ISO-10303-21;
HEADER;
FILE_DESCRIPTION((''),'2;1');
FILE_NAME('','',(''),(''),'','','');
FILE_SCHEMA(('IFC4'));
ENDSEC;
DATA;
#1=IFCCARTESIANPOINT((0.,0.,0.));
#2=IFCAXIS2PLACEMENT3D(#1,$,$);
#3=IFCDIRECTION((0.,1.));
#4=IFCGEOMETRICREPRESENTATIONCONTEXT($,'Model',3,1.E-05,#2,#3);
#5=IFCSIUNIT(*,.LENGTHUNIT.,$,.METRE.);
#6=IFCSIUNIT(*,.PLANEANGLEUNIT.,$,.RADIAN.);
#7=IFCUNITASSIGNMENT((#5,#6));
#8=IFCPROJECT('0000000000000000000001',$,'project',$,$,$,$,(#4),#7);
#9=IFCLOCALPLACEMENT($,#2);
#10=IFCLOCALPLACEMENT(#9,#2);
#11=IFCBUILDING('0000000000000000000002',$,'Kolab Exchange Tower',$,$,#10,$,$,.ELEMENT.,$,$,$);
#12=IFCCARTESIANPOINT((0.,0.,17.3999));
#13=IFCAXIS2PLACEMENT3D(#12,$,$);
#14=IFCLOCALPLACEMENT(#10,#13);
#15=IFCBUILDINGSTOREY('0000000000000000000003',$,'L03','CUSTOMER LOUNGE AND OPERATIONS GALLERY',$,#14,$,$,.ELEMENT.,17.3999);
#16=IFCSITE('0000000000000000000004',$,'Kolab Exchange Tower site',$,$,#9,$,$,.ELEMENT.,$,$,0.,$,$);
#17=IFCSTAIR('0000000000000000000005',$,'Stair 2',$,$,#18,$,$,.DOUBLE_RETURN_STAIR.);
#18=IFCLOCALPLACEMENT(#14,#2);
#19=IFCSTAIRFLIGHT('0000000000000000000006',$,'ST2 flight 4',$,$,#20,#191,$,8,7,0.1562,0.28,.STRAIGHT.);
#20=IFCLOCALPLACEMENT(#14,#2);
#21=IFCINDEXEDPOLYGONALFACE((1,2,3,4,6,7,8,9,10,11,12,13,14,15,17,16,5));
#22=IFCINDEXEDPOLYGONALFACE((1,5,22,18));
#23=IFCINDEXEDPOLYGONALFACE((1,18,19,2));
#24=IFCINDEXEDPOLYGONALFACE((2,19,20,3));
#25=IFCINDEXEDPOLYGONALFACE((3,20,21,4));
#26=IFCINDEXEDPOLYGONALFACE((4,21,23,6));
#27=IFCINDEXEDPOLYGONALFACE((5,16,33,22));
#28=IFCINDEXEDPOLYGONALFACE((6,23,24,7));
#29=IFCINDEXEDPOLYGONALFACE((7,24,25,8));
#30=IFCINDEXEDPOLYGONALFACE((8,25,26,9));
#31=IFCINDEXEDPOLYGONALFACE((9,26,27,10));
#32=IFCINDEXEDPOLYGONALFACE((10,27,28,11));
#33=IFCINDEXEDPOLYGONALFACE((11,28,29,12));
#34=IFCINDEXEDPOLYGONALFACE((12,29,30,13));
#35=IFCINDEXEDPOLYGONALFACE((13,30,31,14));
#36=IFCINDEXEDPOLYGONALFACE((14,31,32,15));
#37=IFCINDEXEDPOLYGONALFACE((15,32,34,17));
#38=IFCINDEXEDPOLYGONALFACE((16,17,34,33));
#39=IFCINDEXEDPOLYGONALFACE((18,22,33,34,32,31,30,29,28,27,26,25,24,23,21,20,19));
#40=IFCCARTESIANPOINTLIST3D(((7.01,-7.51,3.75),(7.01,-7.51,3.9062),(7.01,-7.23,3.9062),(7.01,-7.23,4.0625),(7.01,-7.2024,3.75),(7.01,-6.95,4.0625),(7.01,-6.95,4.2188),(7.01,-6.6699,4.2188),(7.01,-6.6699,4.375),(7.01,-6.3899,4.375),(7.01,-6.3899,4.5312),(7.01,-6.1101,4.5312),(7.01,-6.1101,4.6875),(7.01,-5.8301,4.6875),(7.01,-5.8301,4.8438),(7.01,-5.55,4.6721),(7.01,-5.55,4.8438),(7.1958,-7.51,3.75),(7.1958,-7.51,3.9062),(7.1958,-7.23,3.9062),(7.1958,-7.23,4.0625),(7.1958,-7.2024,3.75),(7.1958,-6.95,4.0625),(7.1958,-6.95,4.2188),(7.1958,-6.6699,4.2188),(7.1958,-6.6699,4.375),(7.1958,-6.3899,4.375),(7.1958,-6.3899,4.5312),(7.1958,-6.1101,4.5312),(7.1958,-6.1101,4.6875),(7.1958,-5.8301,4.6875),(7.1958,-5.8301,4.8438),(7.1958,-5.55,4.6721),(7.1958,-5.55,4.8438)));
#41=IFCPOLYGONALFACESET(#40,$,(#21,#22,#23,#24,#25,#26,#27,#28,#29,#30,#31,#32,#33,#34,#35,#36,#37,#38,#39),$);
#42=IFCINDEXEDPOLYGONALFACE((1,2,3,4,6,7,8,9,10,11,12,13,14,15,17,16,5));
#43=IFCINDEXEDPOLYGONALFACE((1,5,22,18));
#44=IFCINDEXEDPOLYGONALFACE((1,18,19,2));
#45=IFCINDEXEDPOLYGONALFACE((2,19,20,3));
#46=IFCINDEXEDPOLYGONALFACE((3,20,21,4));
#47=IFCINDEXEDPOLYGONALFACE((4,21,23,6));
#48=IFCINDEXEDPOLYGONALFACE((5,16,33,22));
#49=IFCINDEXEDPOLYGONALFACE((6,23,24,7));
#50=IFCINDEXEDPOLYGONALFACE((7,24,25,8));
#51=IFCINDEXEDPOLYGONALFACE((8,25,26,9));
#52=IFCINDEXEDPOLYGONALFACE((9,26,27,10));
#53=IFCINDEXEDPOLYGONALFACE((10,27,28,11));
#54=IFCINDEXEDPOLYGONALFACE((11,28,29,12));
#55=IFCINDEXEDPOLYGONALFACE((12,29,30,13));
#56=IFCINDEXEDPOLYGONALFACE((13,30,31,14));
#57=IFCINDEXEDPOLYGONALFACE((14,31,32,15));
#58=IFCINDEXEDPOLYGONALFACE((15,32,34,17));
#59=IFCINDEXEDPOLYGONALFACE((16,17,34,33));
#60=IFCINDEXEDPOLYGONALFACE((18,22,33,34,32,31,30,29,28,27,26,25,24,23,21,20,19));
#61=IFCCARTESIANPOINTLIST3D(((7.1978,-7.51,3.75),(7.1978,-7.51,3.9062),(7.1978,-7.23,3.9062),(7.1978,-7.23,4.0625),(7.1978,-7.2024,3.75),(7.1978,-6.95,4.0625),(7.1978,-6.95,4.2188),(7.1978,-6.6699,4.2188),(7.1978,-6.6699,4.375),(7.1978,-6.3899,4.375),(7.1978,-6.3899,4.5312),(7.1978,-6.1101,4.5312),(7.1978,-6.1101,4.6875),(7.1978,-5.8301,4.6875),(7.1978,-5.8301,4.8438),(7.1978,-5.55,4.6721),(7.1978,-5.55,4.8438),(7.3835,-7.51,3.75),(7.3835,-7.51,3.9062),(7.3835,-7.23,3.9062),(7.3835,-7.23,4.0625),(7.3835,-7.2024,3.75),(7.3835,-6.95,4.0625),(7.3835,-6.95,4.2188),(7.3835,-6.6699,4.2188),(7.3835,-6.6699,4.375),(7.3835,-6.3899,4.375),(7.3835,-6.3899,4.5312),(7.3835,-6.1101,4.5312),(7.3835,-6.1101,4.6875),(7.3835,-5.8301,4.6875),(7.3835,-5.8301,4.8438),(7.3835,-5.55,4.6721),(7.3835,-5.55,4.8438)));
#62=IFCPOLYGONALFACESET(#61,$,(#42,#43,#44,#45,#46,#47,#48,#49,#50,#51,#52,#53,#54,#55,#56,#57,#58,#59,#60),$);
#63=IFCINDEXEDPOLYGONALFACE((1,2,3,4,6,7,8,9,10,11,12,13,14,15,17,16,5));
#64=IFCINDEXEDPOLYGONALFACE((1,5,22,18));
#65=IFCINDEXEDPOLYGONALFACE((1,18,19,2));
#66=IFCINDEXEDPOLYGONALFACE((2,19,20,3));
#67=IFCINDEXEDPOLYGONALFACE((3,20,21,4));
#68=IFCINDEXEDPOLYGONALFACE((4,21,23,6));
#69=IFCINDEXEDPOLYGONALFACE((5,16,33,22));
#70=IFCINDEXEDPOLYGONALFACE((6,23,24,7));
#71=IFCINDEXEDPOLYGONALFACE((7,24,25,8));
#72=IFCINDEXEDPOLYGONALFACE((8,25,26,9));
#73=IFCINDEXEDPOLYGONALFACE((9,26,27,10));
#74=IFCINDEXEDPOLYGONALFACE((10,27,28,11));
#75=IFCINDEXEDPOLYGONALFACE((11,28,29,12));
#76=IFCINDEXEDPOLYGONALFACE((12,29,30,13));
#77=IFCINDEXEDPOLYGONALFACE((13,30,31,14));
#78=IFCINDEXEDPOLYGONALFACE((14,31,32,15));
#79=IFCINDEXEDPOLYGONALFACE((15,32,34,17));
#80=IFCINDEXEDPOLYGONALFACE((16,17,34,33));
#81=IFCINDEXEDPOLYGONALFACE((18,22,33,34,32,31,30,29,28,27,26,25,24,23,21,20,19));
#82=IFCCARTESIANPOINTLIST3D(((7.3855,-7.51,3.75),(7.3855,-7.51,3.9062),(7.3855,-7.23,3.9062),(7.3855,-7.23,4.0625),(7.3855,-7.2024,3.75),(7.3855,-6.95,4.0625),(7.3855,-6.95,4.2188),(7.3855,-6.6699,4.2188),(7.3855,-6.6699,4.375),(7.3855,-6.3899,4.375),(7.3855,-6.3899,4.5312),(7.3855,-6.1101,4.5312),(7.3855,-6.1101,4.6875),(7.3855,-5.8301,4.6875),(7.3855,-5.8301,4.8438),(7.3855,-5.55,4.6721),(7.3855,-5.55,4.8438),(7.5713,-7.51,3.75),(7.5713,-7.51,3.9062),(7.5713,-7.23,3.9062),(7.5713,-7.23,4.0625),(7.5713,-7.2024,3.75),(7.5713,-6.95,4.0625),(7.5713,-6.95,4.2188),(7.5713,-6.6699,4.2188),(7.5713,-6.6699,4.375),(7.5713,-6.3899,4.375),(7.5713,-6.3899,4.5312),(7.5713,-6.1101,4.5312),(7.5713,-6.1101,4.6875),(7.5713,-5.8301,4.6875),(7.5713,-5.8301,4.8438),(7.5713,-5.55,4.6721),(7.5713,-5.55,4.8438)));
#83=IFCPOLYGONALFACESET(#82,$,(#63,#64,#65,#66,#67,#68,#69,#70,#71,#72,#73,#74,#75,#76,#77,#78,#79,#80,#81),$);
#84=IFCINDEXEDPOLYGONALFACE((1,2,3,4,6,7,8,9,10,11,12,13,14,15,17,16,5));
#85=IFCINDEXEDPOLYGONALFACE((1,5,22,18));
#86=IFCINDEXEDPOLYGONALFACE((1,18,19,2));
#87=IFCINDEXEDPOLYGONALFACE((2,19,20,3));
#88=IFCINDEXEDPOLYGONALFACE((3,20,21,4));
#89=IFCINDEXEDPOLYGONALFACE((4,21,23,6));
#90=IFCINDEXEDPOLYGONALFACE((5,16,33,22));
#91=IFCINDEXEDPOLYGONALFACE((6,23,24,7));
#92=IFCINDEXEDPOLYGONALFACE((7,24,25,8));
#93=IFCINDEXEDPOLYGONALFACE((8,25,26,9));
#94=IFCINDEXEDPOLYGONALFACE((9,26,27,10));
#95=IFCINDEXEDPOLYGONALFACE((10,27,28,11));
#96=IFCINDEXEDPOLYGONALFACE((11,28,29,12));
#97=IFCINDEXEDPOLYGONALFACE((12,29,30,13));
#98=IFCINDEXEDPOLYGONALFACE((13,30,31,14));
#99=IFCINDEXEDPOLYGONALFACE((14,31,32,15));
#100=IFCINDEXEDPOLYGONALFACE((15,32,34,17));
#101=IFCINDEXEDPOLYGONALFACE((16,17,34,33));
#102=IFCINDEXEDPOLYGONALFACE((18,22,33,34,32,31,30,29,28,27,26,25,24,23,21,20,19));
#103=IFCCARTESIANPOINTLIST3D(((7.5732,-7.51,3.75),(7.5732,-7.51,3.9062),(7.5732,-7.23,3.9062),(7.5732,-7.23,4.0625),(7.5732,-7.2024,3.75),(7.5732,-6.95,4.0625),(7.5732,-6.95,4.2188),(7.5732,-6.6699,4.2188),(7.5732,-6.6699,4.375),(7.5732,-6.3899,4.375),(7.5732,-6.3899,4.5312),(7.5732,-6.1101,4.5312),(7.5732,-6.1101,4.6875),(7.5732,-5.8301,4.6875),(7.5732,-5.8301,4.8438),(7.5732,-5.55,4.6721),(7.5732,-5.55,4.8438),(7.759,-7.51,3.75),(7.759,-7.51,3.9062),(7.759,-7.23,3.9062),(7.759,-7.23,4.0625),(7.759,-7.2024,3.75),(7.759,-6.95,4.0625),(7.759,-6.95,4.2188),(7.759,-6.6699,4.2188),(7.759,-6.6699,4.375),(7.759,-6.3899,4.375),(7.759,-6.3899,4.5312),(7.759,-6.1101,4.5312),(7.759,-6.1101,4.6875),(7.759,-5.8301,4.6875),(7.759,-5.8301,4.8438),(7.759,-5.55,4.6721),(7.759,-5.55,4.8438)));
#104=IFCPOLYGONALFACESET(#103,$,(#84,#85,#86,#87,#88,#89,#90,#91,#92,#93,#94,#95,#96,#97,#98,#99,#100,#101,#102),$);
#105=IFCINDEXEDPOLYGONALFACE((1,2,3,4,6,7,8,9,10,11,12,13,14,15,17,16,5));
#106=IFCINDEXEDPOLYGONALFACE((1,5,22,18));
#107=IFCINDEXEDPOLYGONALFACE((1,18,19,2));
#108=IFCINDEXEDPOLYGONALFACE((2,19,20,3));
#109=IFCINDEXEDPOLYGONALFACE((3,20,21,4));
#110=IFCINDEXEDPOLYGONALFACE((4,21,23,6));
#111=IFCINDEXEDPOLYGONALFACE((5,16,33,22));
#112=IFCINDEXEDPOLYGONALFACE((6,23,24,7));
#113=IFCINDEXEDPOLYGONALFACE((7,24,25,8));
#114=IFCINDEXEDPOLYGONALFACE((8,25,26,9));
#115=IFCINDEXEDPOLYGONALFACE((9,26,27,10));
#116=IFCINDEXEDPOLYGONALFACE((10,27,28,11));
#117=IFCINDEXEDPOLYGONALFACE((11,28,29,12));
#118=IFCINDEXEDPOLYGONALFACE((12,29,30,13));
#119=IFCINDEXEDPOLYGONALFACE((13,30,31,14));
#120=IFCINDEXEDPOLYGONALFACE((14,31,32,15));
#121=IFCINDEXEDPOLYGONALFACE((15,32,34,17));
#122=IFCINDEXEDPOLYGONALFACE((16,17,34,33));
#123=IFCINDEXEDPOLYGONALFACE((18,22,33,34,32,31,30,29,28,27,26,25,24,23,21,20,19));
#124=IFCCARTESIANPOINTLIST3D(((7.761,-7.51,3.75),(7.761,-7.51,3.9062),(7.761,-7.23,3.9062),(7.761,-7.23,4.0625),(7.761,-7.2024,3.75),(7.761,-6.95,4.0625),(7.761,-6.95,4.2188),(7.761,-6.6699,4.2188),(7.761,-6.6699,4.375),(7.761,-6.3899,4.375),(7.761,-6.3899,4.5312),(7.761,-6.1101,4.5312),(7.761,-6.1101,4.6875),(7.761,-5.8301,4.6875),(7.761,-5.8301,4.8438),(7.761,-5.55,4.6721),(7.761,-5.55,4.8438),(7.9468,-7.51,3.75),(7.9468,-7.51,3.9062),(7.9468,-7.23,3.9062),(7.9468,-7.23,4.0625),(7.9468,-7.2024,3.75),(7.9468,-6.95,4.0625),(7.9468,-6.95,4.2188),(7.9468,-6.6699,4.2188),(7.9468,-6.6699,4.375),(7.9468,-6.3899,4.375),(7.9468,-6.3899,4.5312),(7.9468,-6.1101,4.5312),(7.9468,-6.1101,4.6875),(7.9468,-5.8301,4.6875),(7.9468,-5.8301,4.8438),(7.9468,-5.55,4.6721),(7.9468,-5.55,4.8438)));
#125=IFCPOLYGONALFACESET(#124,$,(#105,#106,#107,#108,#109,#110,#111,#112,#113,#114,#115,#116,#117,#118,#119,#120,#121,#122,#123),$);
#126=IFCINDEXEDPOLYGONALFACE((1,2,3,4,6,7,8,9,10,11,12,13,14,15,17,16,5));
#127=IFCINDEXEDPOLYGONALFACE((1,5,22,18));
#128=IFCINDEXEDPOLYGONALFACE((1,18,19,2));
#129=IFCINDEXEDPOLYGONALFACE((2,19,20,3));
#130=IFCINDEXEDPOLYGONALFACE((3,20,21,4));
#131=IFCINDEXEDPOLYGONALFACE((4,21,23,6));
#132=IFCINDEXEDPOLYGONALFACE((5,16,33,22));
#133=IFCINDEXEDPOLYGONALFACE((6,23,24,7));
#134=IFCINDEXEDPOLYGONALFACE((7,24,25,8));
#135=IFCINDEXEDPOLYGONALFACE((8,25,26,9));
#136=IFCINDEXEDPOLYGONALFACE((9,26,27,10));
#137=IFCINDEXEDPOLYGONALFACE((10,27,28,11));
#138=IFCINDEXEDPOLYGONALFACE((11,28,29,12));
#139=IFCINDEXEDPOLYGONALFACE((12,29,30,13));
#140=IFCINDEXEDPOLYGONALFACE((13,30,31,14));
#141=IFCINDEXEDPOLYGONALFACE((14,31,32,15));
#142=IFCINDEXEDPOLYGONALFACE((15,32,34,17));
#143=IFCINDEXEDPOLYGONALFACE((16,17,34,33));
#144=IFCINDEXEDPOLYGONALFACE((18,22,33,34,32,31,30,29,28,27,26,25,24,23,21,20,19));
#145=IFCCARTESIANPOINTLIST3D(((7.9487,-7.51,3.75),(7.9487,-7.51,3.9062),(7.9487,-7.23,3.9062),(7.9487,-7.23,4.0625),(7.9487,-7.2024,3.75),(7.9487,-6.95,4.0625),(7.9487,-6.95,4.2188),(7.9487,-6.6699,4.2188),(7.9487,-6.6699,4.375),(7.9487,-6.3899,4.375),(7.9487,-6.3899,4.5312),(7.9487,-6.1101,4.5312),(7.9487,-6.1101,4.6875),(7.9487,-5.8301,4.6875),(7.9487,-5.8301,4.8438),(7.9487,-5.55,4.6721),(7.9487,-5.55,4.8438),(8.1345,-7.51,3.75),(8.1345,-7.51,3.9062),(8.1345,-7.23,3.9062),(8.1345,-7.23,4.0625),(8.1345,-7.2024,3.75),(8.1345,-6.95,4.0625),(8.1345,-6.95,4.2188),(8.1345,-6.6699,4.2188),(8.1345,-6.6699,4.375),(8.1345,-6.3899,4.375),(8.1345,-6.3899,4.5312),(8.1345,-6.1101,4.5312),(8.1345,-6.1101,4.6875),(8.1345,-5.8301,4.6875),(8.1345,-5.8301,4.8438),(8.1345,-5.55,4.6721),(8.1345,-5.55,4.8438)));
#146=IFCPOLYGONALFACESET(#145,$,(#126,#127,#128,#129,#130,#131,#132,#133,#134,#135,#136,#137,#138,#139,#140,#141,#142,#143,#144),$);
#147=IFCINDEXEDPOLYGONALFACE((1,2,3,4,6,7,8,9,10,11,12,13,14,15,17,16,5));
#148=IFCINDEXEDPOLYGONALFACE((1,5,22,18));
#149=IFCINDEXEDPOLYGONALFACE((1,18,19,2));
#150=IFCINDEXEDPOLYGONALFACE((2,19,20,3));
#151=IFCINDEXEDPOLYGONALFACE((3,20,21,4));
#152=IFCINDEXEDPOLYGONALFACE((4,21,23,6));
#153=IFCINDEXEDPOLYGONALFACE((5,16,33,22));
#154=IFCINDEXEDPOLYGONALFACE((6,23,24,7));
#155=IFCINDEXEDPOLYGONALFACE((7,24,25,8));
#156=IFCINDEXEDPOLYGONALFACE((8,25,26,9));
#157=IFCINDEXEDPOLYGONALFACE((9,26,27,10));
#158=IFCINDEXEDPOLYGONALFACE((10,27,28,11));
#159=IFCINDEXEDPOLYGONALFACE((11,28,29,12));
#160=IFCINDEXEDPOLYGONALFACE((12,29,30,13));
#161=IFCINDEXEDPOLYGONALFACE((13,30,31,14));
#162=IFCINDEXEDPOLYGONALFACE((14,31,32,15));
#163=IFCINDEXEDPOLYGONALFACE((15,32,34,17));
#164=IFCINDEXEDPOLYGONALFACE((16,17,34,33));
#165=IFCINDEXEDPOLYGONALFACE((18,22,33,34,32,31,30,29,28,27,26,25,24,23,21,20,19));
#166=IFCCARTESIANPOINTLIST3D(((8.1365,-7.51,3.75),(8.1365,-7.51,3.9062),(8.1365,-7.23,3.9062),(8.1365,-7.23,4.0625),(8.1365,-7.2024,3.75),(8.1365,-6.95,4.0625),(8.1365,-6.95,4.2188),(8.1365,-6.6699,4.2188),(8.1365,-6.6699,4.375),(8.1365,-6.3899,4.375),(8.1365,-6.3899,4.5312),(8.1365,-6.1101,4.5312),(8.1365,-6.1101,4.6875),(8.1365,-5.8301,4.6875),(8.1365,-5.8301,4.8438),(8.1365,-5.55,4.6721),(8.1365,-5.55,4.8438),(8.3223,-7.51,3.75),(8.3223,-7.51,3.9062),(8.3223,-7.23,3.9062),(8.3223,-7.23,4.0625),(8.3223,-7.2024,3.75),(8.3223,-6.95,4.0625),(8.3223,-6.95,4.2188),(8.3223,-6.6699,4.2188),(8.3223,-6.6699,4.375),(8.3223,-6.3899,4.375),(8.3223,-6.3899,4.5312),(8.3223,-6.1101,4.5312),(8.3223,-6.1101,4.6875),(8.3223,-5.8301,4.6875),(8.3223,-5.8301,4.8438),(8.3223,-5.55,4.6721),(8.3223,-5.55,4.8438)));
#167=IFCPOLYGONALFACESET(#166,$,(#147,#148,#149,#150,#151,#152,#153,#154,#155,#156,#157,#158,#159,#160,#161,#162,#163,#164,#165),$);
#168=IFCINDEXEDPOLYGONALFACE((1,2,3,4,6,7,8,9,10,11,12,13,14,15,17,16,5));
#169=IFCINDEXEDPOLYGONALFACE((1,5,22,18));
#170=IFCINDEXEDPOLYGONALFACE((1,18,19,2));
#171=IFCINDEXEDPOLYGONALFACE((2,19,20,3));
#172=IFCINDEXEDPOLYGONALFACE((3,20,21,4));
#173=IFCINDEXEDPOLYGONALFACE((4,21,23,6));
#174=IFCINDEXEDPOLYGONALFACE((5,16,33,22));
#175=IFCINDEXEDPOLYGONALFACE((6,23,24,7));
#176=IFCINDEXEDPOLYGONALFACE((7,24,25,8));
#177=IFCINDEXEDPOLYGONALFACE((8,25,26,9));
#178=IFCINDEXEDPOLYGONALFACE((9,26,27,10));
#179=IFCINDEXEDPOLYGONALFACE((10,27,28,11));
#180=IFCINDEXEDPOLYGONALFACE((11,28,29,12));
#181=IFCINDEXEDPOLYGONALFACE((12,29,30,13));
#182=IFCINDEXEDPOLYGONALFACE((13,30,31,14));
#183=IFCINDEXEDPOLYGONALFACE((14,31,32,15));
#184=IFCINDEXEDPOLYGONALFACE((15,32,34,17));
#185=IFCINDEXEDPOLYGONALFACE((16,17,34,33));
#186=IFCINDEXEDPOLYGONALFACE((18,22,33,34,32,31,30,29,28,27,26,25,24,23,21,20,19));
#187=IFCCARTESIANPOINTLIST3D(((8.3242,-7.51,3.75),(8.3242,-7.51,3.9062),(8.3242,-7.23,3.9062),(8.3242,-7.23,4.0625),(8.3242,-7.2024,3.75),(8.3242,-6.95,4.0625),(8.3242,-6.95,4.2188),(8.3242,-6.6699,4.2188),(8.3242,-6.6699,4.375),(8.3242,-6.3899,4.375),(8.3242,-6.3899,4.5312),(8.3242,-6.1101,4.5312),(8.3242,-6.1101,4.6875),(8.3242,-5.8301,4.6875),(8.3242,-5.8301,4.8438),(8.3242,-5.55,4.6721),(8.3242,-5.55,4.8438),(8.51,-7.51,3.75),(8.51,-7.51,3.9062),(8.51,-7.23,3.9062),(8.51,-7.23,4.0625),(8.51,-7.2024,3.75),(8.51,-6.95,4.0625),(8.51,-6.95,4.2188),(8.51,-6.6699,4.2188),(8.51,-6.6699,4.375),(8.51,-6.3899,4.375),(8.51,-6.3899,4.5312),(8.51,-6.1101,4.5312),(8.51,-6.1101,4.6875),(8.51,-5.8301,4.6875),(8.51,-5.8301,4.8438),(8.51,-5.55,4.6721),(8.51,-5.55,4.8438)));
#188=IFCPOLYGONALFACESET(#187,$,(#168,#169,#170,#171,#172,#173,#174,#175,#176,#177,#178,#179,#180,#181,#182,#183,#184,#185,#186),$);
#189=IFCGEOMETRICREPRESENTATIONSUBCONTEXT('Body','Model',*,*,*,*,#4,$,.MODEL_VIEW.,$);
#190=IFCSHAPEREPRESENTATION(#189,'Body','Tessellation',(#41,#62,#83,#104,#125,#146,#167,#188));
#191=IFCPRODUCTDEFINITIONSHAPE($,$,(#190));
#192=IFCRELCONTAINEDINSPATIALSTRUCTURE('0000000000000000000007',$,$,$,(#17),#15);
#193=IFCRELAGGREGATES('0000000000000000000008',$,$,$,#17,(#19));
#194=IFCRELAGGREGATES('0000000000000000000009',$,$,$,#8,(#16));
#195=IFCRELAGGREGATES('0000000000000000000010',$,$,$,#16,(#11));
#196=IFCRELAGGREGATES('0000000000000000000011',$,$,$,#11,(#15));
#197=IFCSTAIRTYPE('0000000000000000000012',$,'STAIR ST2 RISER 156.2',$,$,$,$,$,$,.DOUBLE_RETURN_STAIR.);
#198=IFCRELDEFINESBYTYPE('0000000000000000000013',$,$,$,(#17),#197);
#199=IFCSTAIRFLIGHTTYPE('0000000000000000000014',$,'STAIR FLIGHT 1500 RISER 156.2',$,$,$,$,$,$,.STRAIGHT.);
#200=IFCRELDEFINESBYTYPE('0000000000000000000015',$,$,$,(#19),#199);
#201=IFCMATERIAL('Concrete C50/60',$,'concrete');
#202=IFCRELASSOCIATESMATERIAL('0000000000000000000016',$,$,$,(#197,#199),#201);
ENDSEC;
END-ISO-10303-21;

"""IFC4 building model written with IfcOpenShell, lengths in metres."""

from ifc_helpers import new_model, si_unit, direction, frame, origin, place, context, subcontext, project, spatial, polyline, outline, extrude, material, type_object, element, aggregate, save


model = new_model("IFC4")

# Units and contexts
model_context = context("Model", 3, precision=1e-05, world=origin(), true_north=direction((0.0, 1.0)))
body_context = subcontext(model_context, "Body", "Model", "MODEL_VIEW")
ifc_project = project(units=[si_unit("LENGTHUNIT", "METRE"), si_unit("PLANEANGLEUNIT", "RADIAN")], contexts=[model_context])

# Site, building, storey
site_placement = place(None, origin())
site = spatial("IfcSite", under=ifc_project, at=site_placement, Name="Kolab Exchange Tower site", CompositionType="ELEMENT", RefElevation=0.0)
building_placement = place(site_placement, origin())
building = spatial("IfcBuilding", under=site, at=building_placement, Name="Kolab Exchange Tower", CompositionType="ELEMENT")
storey_placement = place(building_placement, frame((0.0, 0.0, 17.3999)))
storey = spatial("IfcBuildingStorey", under=building, at=storey_placement, Name="L03", Description="CUSTOMER LOUNGE AND OPERATIONS GALLERY", CompositionType="ELEMENT", Elevation=17.3999)

# Shared definitions
ifc_material_1 = material(Name="Concrete C50/60", Category="concrete")

# Stair, stair flight
stair_type_1 = type_object("IfcStairType", Name="STAIR ST2 RISER 156.2", PredefinedType="DOUBLE_RETURN_STAIR", material=ifc_material_1)
stair_1_placement = place(storey_placement, origin())
stair_1 = element("IfcStair", 1, at=stair_1_placement, inside=storey, type_object=stair_type_1, Name="Stair 2", PredefinedType="DOUBLE_RETURN_STAIR")
stair_flight_type = type_object("IfcStairFlightType", Name="STAIR FLIGHT 1500 RISER 156.2", PredefinedType="STRAIGHT", material=ifc_material_1)
stair_flight_1_placement = place(storey_placement, frame((7.76, -7.51, 3.75), z_axis=(0.0, 0.0, 1.0), x_axis=(0.0, 1.0, 0.0)))
stair_flight_1 = element("IfcStairFlight", 2, at=stair_flight_1_placement, type_object=stair_flight_type, Name="ST2 flight 4", NumberOfRisers=8, NumberOfTreads=7, PredefinedType="STRAIGHT", RiserHeight=0.1562, TreadLength=0.28, context=body_context, shape_type="SweptSolid", body=[
    extrude(outline(polyline([(0.0, 0.0), (0.0, 0.1562), (0.28, 0.1562), (0.28, 0.3125), (0.5601, 0.3125), (0.5601, 0.4688), (0.8401, 0.4688), (0.8401, 0.625), (1.1201, 0.625), (1.1201, 0.7812), (1.3999, 0.7812), (1.3999, 0.9375), (1.6799, 0.9375), (1.6799, 1.0938), (1.96, 1.0938), (1.96, 1.25), (1.96, 0.9221), (0.3076, 0.0), (0.0, 0.0)])), frame((0.0, 0.75, 0.0), z_axis=(0.0, -1.0, 0.0), x_axis=(1.0, 0.0, 0.0)), (0.0, 0.0, 1.0), 0.1858),
    extrude(outline(polyline([(0.0, 0.0), (0.0, 0.1562), (0.28, 0.1562), (0.28, 0.3125), (0.5601, 0.3125), (0.5601, 0.4688), (0.8401, 0.4688), (0.8401, 0.625), (1.1201, 0.625), (1.1201, 0.7812), (1.3999, 0.7812), (1.3999, 0.9375), (1.6799, 0.9375), (1.6799, 1.0938), (1.96, 1.0938), (1.96, 1.25), (1.96, 0.9221), (0.3076, 0.0), (0.0, 0.0)])), frame((0.0, 0.5623, 0.0), z_axis=(0.0, -1.0, 0.0), x_axis=(1.0, 0.0, 0.0)), (0.0, 0.0, 1.0), 0.1858),
    extrude(outline(polyline([(0.0, 0.0), (0.0, 0.1562), (0.28, 0.1562), (0.28, 0.3125), (0.5601, 0.3125), (0.5601, 0.4688), (0.8401, 0.4688), (0.8401, 0.625), (1.1201, 0.625), (1.1201, 0.7812), (1.3999, 0.7812), (1.3999, 0.9375), (1.6799, 0.9375), (1.6799, 1.0938), (1.96, 1.0938), (1.96, 1.25), (1.96, 0.9221), (0.3076, 0.0), (0.0, 0.0)])), frame((0.0, 0.3745, 0.0), z_axis=(0.0, -1.0, 0.0), x_axis=(1.0, 0.0, 0.0)), (0.0, 0.0, 1.0), 0.1858),
    extrude(outline(polyline([(0.0, 0.0), (0.0, 0.1562), (0.28, 0.1562), (0.28, 0.3125), (0.5601, 0.3125), (0.5601, 0.4688), (0.8401, 0.4688), (0.8401, 0.625), (1.1201, 0.625), (1.1201, 0.7812), (1.3999, 0.7812), (1.3999, 0.9375), (1.6799, 0.9375), (1.6799, 1.0938), (1.96, 1.0938), (1.96, 1.25), (1.96, 0.9221), (0.3076, 0.0), (0.0, 0.0)])), frame((0.0, 0.1868, 0.0), z_axis=(0.0, -1.0, 0.0), x_axis=(1.0, 0.0, 0.0)), (0.0, 0.0, 1.0), 0.1858),
    extrude(outline(polyline([(0.0, 0.0), (0.0, 0.1562), (0.28, 0.1562), (0.28, 0.3125), (0.5601, 0.3125), (0.5601, 0.4688), (0.8401, 0.4688), (0.8401, 0.625), (1.1201, 0.625), (1.1201, 0.7812), (1.3999, 0.7812), (1.3999, 0.9375), (1.6799, 0.9375), (1.6799, 1.0938), (1.96, 1.0938), (1.96, 1.25), (1.96, 0.9221), (0.3076, 0.0), (0.0, 0.0)])), frame((0.0, -0.001, 0.0), z_axis=(0.0, -1.0, 0.0), x_axis=(1.0, 0.0, 0.0)), (0.0, 0.0, 1.0), 0.1858),
    extrude(outline(polyline([(0.0, 0.0), (0.0, 0.1562), (0.28, 0.1562), (0.28, 0.3125), (0.5601, 0.3125), (0.5601, 0.4688), (0.8401, 0.4688), (0.8401, 0.625), (1.1201, 0.625), (1.1201, 0.7812), (1.3999, 0.7812), (1.3999, 0.9375), (1.6799, 0.9375), (1.6799, 1.0938), (1.96, 1.0938), (1.96, 1.25), (1.96, 0.9221), (0.3076, 0.0), (0.0, 0.0)])), frame((0.0, -0.1887, 0.0), z_axis=(0.0, -1.0, 0.0), x_axis=(1.0, 0.0, 0.0)), (0.0, 0.0, 1.0), 0.1858),
    extrude(outline(polyline([(0.0, 0.0), (0.0, 0.1562), (0.28, 0.1562), (0.28, 0.3125), (0.5601, 0.3125), (0.5601, 0.4688), (0.8401, 0.4688), (0.8401, 0.625), (1.1201, 0.625), (1.1201, 0.7812), (1.3999, 0.7812), (1.3999, 0.9375), (1.6799, 0.9375), (1.6799, 1.0938), (1.96, 1.0938), (1.96, 1.25), (1.96, 0.9221), (0.3076, 0.0), (0.0, 0.0)])), frame((0.0, -0.3765, 0.0), z_axis=(0.0, -1.0, 0.0), x_axis=(1.0, 0.0, 0.0)), (0.0, 0.0, 1.0), 0.1858),
    extrude(outline(polyline([(0.0, 0.0), (0.0, 0.1562), (0.28, 0.1562), (0.28, 0.3125), (0.5601, 0.3125), (0.5601, 0.4688), (0.8401, 0.4688), (0.8401, 0.625), (1.1201, 0.625), (1.1201, 0.7812), (1.3999, 0.7812), (1.3999, 0.9375), (1.6799, 0.9375), (1.6799, 1.0938), (1.96, 1.0938), (1.96, 1.25), (1.96, 0.9221), (0.3076, 0.0), (0.0, 0.0)])), frame((0.0, -0.5642, 0.0), z_axis=(0.0, -1.0, 0.0), x_axis=(1.0, 0.0, 0.0)), (0.0, 0.0, 1.0), 0.1858),
])
aggregate(stair_1, [stair_flight_1])

save(model, "model.ifc")
